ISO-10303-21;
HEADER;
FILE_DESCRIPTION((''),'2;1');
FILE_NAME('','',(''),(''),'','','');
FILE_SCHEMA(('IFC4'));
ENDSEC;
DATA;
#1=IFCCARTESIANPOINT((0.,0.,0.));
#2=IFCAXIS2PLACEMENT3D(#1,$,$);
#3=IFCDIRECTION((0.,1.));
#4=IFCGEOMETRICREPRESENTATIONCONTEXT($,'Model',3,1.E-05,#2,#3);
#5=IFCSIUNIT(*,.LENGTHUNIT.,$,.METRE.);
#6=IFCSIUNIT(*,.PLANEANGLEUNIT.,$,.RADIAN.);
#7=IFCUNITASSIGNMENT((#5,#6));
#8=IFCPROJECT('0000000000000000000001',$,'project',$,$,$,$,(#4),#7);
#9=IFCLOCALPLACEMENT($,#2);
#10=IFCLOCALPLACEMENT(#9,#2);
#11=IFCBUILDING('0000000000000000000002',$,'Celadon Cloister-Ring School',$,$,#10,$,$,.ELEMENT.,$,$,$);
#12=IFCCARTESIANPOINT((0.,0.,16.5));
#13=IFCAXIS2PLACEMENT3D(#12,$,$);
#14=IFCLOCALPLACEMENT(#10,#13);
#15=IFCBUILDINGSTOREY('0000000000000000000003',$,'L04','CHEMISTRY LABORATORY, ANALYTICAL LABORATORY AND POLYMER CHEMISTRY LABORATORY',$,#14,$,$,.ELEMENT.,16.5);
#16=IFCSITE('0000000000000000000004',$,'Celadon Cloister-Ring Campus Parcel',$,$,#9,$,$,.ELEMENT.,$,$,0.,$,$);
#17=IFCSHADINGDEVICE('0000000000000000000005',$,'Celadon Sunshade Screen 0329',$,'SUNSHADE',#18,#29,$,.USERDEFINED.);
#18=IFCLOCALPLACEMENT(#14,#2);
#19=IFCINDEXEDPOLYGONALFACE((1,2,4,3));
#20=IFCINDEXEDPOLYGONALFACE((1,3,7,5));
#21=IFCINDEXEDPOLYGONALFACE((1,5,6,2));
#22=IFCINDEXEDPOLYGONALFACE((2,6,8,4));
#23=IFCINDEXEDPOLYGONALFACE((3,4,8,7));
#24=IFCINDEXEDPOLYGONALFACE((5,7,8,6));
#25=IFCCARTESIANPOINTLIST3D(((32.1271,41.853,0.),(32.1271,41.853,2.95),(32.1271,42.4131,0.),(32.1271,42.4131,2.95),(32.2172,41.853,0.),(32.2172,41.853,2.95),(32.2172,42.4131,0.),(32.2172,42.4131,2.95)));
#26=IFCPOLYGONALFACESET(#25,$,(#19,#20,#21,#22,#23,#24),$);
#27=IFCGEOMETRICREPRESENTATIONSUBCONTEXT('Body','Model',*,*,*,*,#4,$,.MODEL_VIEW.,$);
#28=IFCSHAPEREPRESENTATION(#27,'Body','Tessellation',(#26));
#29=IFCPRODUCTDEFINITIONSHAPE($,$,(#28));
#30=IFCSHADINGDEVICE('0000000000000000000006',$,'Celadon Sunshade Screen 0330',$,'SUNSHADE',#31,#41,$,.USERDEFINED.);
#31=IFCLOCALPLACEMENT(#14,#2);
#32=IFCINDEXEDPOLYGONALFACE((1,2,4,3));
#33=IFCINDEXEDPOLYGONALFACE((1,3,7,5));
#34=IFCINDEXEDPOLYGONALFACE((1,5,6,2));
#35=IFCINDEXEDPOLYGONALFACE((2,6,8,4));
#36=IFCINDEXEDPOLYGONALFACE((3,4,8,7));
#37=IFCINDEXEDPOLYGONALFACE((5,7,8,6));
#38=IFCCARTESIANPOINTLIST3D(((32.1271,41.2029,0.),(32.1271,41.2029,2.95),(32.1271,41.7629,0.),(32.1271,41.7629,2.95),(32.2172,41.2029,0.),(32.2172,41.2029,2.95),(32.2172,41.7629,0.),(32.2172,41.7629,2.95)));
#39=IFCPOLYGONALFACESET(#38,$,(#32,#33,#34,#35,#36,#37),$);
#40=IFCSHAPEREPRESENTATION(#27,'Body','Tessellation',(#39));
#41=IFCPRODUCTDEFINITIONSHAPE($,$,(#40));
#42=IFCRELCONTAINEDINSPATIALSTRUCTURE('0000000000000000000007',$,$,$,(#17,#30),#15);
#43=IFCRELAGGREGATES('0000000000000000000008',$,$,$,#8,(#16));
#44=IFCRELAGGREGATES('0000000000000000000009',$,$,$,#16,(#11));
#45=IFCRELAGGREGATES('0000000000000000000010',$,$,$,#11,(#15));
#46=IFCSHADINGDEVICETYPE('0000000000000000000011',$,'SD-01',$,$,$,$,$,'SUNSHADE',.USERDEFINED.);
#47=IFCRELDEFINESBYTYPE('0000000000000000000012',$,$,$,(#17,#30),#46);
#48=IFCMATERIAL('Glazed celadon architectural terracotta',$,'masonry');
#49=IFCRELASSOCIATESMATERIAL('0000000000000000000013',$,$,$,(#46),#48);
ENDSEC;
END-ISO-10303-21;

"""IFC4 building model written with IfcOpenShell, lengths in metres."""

from ifc_helpers import new_model, si_unit, direction, frame, origin, origin_2d, place, context, subcontext, project, spatial, rectangle, extrude, material, type_object, element, save


model = new_model("IFC4")

# Units and contexts
model_context = context("Model", 3, precision=1e-05, world=origin(), true_north=direction((0.0, 1.0)))
body_context = subcontext(model_context, "Body", "Model", "MODEL_VIEW")
ifc_project = project(units=[si_unit("LENGTHUNIT", "METRE"), si_unit("PLANEANGLEUNIT", "RADIAN")], contexts=[model_context])

# Site, building, storey
site_placement = place(None, origin())
site = spatial("IfcSite", under=ifc_project, at=site_placement, Name="Celadon Cloister-Ring Campus Parcel", CompositionType="ELEMENT", RefElevation=0.0)
building_placement = place(site_placement, origin())
building = spatial("IfcBuilding", under=site, at=building_placement, Name="Celadon Cloister-Ring School", CompositionType="ELEMENT")
storey_placement = place(building_placement, frame((0.0, 0.0, 16.5)))
storey = spatial("IfcBuildingStorey", under=building, at=storey_placement, Name="L04", Description="CHEMISTRY LABORATORY, ANALYTICAL LABORATORY AND POLYMER CHEMISTRY LABORATORY", CompositionType="ELEMENT", Elevation=16.5)

# Shading devices
ifc_material_1 = material(Name="Glazed celadon architectural terracotta", Category="masonry")
shading_device_type = type_object("IfcShadingDeviceType", Name="SD-01", ElementType="SUNSHADE", PredefinedType="USERDEFINED", material=ifc_material_1)
for number, where, z_axis, x_axis, name in (
    (1, (32.1721, 42.1331, 0.0), (0.0, 0.0, 1.0), (0.0, -1.0, 0.0), "Celadon Sunshade Screen 0329"),
    (2, (32.1721, 41.4829, 0.0), (0.0, 0.0, 1.0), (0.0, -1.0, 0.0), "Celadon Sunshade Screen 0330"),
):
    element("IfcShadingDevice", number, at=place(storey_placement, frame(where, z_axis=z_axis, x_axis=x_axis)), inside=storey, type_object=shading_device_type, Name=name, ObjectType="SUNSHADE", PredefinedType="USERDEFINED", context=body_context, shape_type="SweptSolid", body=[
        extrude(rectangle(XDim=0.5601, YDim=0.0901, at=origin_2d()), origin(), (0.0, 0.0, 1.0), 2.95),
    ])

save(model, "model.ifc")
